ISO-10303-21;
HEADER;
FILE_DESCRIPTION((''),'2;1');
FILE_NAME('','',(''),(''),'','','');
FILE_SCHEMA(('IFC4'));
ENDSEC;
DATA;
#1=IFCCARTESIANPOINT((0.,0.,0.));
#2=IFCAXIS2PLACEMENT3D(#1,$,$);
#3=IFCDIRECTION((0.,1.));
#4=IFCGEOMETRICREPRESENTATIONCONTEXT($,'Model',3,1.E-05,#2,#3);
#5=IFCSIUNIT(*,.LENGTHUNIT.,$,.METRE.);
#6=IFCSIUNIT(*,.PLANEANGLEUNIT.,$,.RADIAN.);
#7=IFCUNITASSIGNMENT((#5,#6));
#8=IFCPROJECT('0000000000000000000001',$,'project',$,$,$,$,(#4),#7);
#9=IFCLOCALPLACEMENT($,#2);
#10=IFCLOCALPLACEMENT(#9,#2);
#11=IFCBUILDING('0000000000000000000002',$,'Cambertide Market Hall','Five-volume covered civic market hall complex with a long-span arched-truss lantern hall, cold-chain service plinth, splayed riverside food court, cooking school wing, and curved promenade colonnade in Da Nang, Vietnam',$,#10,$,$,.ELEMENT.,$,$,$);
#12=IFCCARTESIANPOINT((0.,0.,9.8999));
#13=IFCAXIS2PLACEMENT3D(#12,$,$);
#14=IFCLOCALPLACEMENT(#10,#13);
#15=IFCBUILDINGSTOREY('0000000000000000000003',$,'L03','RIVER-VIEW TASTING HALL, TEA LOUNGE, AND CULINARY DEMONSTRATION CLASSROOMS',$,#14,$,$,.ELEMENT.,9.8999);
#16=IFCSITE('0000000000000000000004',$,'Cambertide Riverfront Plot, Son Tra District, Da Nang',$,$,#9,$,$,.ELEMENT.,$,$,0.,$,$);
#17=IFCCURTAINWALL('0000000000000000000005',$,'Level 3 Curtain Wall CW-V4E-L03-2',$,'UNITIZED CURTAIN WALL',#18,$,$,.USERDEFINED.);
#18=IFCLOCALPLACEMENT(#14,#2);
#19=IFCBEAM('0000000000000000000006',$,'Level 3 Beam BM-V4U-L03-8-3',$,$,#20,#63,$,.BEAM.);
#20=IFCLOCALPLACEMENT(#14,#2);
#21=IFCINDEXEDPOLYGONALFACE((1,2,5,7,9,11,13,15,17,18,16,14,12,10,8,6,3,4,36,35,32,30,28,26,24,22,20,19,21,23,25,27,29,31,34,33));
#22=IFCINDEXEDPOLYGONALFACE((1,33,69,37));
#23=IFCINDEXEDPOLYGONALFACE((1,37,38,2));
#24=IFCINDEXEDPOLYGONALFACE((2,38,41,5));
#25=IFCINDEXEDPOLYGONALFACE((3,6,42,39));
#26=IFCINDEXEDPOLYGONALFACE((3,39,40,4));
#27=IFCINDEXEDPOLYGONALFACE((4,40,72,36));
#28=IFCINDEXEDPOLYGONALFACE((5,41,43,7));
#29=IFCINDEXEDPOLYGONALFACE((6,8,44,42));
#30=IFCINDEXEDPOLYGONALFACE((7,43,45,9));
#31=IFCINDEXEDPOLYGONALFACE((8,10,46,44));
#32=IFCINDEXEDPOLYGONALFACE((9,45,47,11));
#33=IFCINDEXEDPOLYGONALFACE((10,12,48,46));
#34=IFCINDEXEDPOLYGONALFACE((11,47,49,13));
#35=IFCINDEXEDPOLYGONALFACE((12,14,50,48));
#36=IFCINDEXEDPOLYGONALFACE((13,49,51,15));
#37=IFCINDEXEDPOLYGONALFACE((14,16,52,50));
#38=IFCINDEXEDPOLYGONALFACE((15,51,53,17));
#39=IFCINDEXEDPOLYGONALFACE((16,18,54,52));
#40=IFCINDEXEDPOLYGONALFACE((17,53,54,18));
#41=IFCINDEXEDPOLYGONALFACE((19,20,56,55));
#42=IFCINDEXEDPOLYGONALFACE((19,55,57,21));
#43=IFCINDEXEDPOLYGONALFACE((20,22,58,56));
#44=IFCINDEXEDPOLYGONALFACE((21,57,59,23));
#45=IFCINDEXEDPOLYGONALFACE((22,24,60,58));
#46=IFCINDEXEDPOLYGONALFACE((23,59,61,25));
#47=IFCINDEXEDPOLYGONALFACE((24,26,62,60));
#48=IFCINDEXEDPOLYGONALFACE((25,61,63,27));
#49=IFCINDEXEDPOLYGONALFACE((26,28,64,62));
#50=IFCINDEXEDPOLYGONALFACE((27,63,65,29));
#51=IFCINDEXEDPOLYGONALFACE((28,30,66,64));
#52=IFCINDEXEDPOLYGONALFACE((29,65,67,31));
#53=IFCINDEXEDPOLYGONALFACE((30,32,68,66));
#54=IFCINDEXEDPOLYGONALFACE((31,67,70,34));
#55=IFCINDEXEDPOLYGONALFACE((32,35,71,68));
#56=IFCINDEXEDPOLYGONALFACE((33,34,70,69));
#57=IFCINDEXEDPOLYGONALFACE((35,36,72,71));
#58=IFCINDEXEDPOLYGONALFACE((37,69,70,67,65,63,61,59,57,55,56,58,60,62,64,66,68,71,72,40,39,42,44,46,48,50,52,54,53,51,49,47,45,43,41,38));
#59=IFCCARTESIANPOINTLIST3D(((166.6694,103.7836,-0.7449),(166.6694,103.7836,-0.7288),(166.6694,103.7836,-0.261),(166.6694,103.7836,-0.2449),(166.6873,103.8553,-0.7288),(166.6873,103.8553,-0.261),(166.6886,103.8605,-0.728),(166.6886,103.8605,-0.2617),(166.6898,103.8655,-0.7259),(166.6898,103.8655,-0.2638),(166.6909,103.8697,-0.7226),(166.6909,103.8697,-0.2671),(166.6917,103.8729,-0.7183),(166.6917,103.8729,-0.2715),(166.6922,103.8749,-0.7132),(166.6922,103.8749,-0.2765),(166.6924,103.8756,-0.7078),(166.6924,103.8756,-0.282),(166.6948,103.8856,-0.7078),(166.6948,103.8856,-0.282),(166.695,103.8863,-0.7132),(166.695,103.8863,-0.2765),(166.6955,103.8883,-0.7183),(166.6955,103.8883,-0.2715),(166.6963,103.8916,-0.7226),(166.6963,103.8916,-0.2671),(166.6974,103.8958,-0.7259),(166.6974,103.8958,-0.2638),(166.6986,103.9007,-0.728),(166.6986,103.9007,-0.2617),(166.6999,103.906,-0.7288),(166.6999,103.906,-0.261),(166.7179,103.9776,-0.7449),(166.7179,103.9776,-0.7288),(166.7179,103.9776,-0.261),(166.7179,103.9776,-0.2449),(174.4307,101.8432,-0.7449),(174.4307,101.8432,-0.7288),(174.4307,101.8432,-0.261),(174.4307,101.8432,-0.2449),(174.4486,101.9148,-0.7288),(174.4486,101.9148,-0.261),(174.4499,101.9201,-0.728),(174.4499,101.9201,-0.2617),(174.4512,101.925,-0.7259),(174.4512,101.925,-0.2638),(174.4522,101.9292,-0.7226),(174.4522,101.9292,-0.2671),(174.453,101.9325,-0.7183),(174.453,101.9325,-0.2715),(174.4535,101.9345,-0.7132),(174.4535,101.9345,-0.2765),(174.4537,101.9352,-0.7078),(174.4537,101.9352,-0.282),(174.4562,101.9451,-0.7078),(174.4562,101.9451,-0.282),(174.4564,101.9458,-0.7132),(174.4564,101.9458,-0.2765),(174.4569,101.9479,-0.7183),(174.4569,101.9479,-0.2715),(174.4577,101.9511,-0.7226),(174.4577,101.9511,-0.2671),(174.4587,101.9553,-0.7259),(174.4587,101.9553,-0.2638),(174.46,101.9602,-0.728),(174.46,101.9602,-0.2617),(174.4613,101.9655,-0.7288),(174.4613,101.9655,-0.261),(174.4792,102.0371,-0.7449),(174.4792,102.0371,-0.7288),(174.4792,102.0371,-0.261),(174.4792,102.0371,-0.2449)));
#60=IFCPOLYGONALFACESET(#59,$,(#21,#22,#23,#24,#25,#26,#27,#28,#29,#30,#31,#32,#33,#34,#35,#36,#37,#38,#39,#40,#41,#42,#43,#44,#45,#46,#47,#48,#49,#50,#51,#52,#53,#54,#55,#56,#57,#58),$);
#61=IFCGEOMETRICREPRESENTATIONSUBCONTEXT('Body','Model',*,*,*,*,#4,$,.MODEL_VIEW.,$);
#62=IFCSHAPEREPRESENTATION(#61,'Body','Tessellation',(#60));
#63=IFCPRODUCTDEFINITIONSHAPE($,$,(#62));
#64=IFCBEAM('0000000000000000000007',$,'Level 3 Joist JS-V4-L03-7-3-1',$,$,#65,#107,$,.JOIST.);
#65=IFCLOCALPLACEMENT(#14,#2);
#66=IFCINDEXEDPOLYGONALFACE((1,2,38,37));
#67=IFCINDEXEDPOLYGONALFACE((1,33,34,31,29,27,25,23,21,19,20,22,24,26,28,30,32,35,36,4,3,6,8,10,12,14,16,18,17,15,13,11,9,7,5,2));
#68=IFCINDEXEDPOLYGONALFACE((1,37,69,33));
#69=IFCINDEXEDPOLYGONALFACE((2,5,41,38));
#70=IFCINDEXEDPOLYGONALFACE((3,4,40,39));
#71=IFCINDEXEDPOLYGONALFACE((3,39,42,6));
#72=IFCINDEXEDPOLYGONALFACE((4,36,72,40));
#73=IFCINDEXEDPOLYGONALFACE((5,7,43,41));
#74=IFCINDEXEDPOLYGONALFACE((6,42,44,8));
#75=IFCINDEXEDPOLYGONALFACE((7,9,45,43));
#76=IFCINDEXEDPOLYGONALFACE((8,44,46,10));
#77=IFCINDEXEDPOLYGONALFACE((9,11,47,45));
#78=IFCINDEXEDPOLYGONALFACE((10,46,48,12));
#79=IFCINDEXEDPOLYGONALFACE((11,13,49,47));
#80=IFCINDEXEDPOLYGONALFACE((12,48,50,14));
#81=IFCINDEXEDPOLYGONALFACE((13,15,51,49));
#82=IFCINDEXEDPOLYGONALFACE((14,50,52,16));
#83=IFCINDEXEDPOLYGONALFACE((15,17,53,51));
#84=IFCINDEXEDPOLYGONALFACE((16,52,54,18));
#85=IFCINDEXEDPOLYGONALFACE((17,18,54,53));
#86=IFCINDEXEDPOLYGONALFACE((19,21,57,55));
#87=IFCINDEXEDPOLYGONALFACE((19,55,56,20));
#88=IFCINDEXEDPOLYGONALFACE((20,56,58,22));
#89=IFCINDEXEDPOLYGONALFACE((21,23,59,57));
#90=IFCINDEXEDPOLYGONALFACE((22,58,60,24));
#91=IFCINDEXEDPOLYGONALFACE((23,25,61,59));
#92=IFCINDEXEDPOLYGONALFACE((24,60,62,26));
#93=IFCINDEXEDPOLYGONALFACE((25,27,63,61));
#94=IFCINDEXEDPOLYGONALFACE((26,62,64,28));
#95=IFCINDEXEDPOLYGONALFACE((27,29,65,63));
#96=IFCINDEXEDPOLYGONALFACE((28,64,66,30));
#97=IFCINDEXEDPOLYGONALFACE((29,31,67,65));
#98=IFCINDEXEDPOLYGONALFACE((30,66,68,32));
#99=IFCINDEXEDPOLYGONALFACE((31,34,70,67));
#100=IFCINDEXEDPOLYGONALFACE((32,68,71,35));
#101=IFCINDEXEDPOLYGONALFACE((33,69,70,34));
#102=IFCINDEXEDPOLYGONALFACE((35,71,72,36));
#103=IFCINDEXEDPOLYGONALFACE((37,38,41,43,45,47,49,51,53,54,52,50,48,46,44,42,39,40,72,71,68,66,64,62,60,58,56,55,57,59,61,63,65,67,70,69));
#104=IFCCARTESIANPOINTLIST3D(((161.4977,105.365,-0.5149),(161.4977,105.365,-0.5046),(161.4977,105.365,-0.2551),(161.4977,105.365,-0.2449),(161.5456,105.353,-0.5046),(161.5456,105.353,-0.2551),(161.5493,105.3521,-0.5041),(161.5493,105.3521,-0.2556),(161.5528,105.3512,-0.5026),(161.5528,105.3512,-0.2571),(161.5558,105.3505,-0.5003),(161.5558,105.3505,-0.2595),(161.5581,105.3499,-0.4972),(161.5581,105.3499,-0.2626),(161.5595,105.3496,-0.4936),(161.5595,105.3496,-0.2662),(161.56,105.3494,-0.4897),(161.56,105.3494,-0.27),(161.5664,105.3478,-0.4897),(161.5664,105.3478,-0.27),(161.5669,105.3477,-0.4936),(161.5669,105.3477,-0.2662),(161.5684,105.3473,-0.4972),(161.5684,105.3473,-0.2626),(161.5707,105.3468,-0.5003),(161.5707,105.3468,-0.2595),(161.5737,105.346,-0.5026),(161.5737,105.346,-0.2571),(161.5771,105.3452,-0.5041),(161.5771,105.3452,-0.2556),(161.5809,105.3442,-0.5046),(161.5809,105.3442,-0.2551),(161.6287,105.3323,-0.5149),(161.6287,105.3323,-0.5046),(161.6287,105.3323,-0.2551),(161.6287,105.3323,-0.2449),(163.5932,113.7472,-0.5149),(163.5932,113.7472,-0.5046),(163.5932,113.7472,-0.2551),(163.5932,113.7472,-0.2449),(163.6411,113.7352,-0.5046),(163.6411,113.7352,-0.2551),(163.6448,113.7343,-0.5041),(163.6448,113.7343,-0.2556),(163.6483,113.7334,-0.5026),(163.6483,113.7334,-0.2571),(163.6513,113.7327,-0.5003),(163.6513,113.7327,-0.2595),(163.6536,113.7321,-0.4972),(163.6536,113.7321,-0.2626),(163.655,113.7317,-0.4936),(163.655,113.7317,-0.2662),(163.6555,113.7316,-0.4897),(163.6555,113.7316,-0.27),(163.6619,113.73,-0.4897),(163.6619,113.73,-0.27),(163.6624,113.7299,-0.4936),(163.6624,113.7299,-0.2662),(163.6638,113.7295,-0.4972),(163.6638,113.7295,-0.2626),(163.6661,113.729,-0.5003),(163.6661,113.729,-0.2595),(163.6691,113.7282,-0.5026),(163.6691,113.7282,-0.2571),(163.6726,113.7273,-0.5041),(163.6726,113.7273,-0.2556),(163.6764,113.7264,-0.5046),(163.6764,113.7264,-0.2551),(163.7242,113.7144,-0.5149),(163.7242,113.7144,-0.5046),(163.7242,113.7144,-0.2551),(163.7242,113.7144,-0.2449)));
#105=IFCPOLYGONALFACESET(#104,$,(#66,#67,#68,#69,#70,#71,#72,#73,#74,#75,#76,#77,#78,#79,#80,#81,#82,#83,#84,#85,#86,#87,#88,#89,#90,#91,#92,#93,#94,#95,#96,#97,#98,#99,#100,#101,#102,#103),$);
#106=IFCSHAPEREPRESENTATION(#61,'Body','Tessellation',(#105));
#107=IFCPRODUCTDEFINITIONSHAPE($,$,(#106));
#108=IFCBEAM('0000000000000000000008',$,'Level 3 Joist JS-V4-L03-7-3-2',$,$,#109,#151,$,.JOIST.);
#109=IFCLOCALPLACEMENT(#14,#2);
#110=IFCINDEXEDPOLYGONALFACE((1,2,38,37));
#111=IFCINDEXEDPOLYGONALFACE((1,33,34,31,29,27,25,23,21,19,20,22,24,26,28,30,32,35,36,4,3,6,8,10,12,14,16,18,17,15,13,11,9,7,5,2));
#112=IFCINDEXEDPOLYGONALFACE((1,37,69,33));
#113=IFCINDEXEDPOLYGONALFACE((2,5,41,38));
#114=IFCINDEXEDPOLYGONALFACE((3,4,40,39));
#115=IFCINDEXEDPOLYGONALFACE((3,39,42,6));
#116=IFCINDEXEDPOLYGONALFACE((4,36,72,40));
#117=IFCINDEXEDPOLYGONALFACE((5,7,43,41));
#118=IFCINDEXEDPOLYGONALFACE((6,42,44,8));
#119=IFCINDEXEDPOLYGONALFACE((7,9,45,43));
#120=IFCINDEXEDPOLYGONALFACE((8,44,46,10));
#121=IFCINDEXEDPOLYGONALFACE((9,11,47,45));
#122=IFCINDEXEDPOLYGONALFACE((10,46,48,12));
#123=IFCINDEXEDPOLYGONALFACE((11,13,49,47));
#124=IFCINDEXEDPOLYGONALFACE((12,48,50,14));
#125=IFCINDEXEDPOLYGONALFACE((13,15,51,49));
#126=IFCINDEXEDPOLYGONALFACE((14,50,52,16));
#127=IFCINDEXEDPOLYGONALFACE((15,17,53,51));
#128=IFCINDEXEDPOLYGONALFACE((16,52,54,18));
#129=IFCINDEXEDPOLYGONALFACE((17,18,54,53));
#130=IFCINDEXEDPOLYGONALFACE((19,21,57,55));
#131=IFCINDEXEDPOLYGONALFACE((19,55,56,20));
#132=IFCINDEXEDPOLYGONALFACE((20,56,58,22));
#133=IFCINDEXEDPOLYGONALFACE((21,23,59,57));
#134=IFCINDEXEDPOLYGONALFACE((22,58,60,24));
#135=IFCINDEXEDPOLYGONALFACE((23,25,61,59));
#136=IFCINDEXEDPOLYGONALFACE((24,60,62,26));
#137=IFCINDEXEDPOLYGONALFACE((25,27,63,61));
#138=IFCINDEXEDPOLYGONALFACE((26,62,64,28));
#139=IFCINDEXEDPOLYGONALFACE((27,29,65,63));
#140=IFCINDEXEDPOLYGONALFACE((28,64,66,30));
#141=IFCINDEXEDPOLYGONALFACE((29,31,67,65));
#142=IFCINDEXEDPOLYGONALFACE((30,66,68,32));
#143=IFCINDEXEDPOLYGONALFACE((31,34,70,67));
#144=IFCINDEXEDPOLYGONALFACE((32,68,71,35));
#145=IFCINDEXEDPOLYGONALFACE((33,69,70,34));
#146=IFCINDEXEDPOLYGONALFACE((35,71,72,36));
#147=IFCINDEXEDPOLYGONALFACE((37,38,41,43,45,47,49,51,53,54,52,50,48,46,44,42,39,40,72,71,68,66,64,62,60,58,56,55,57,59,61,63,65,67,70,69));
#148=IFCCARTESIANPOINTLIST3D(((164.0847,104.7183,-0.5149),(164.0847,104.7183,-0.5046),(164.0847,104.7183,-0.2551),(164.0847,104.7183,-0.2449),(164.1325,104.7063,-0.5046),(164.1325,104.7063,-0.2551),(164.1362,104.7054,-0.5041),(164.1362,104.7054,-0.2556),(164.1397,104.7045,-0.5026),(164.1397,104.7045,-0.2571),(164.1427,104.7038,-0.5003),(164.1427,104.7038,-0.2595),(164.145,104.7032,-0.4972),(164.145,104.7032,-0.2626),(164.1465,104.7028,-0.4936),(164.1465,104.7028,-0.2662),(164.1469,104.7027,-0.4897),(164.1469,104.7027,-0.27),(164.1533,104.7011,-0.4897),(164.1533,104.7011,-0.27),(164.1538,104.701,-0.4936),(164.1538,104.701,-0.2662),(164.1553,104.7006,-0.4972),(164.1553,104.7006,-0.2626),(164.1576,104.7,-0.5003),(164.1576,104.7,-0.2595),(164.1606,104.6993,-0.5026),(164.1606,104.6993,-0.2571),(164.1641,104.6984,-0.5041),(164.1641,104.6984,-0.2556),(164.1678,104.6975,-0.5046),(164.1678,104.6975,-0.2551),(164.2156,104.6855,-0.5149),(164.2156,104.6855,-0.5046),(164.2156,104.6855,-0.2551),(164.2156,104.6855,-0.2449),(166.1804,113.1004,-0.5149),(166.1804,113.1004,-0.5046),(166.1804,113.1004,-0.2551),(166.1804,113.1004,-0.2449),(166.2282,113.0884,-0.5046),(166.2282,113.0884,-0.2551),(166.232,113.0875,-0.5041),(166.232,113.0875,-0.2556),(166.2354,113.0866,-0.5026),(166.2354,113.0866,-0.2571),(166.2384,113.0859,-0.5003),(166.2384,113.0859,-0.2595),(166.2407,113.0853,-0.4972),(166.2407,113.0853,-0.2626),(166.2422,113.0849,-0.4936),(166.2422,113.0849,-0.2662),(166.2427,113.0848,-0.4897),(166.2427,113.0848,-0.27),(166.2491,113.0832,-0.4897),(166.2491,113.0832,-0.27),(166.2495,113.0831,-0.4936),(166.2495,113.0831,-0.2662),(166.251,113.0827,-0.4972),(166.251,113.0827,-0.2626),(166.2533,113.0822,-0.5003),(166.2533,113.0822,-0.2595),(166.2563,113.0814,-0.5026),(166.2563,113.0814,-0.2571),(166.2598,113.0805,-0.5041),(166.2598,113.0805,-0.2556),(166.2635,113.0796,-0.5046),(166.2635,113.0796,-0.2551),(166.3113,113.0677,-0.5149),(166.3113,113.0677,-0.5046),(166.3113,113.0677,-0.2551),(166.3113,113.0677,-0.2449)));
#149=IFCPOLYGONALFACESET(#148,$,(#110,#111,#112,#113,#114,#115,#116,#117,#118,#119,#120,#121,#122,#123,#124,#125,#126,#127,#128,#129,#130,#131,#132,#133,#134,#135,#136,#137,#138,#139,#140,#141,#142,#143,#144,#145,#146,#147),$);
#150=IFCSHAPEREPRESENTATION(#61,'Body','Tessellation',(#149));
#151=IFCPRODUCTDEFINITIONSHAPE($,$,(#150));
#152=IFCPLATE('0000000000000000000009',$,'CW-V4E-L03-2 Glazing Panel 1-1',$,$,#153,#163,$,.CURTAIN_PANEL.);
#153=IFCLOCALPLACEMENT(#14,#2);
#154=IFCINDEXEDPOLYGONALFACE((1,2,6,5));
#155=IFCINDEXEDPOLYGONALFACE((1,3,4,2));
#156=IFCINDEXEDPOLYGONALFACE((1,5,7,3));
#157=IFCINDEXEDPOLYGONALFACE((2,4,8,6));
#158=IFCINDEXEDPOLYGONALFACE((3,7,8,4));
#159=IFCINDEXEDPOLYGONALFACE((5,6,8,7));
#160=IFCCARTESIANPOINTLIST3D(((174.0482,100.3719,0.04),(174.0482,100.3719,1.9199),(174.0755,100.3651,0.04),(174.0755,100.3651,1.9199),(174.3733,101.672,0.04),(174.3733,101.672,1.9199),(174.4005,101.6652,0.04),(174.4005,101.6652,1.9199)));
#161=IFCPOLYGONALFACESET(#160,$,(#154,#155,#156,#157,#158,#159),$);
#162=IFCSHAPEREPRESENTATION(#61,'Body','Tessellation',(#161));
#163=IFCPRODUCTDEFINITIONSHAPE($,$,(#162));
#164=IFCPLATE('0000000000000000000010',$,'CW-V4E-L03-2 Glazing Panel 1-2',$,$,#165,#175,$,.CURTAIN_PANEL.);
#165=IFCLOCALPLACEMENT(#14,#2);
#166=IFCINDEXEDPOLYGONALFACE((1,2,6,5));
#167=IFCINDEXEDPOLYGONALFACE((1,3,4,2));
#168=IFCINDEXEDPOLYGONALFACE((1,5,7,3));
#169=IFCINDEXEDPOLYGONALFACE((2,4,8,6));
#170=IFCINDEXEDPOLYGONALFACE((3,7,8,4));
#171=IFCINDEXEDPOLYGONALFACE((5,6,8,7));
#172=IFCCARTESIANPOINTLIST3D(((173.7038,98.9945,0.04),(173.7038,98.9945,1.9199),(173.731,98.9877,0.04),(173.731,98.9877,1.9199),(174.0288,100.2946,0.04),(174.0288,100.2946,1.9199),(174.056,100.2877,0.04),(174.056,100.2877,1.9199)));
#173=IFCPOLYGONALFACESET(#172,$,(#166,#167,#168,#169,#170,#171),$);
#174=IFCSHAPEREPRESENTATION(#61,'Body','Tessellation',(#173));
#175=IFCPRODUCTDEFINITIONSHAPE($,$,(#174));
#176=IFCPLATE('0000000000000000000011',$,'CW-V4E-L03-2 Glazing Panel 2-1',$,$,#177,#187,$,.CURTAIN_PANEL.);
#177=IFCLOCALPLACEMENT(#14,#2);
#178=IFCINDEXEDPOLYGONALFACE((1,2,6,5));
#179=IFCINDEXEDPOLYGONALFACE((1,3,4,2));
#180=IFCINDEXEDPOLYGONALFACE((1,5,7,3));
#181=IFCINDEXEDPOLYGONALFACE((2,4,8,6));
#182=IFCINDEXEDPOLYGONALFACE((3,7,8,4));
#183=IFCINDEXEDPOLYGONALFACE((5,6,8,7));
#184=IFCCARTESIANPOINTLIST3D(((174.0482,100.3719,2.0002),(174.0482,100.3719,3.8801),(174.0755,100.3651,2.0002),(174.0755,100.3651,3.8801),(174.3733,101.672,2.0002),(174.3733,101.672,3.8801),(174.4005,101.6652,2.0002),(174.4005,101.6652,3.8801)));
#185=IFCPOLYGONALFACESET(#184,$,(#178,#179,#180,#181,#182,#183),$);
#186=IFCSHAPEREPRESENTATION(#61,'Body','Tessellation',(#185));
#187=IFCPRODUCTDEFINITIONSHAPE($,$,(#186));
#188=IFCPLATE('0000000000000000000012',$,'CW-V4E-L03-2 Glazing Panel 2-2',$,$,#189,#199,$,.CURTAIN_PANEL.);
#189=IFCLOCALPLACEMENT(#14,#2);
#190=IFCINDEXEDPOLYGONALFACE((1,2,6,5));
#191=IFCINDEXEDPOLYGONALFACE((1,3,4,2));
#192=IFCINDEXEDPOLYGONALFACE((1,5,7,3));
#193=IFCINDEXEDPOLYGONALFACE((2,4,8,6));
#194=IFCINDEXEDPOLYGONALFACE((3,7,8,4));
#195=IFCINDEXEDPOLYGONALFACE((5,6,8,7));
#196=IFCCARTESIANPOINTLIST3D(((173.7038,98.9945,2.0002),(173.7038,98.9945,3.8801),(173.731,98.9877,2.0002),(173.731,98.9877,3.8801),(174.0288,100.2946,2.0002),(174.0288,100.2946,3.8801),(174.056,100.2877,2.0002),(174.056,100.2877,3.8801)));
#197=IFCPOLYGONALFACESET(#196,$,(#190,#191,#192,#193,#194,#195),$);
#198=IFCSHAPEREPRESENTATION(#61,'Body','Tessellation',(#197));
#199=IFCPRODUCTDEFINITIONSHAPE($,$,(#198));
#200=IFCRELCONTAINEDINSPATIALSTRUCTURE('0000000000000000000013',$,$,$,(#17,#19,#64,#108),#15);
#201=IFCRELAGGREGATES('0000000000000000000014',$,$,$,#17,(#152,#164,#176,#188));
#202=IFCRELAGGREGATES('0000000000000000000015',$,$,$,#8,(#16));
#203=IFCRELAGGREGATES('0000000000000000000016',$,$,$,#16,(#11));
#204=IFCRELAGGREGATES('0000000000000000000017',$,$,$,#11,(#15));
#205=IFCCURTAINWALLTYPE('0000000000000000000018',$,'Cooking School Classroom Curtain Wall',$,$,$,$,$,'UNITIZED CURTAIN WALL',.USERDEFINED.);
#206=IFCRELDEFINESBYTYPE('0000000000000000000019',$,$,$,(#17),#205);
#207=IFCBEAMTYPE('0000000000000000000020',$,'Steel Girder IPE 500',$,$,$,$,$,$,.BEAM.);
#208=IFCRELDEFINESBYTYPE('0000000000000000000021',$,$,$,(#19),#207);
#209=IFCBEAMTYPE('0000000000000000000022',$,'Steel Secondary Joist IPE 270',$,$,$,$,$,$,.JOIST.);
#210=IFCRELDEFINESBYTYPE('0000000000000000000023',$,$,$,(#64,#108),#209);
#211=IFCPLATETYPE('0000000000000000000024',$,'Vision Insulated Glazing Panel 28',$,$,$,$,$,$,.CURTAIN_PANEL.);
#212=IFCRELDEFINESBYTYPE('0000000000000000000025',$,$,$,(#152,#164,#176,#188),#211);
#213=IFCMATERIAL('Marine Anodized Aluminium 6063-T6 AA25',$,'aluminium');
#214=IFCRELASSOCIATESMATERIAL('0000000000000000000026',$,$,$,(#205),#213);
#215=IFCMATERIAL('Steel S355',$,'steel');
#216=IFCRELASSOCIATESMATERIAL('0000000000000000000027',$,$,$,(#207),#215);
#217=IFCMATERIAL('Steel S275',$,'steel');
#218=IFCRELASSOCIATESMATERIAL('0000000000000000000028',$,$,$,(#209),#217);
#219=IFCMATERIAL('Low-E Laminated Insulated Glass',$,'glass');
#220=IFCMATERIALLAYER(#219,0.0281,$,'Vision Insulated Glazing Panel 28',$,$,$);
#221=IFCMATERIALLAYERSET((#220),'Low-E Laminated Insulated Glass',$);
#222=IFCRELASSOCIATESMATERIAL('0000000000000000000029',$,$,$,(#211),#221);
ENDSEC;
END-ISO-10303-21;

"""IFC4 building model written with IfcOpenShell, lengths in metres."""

from ifc_helpers import new_model, si_unit, direction, frame, origin, origin_2d, place, context, subcontext, project, spatial, rectangle, i_section, extrude, material, layer, layer_set, material_profile, profile_set, type_object, element, aggregate, save


model = new_model("IFC4")

# Units and contexts
model_context = context("Model", 3, precision=1e-05, world=origin(), true_north=direction((0.0, 1.0)))
body_context = subcontext(model_context, "Body", "Model", "MODEL_VIEW")
ifc_project = project(units=[si_unit("LENGTHUNIT", "METRE"), si_unit("PLANEANGLEUNIT", "RADIAN")], contexts=[model_context])

# Site, building, storey
site_placement = place(None, origin())
site = spatial("IfcSite", under=ifc_project, at=site_placement, Name="Cambertide Riverfront Plot, Son Tra District, Da Nang", CompositionType="ELEMENT", RefElevation=0.0)
building_placement = place(site_placement, origin())
building = spatial("IfcBuilding", under=site, at=building_placement, Name="Cambertide Market Hall", Description="Five-volume covered civic market hall complex with a long-span arched-truss lantern hall, cold-chain service plinth, splayed riverside food court, cooking school wing, and curved promenade colonnade in Da Nang, Vietnam", CompositionType="ELEMENT")
storey_placement = place(building_placement, frame((0.0, 0.0, 9.8999)))
storey = spatial("IfcBuildingStorey", under=building, at=storey_placement, Name="L03", Description="RIVER-VIEW TASTING HALL, TEA LOUNGE, AND CULINARY DEMONSTRATION CLASSROOMS", CompositionType="ELEMENT", Elevation=9.8999)

# Curtain wall
ifc_material_1 = material(Name="Marine Anodized Aluminium 6063-T6 AA25", Category="aluminium")
curtain_wall_type = type_object("IfcCurtainWallType", Name="Cooking School Classroom Curtain Wall", ElementType="UNITIZED CURTAIN WALL", PredefinedType="USERDEFINED", material=ifc_material_1)
curtain_wall_placement = place(storey_placement, origin())
curtain_wall = element("IfcCurtainWall", 1, at=curtain_wall_placement, inside=storey, type_object=curtain_wall_type, Name="Level 3 Curtain Wall CW-V4E-L03-2", ObjectType="UNITIZED CURTAIN WALL", PredefinedType="USERDEFINED")

# Beams
ifc_material_2 = material(Name="Steel S355", Category="steel")
ifc_material_profile_1 = material_profile(ifc_material_2, i_section(OverallWidth=0.2, OverallDepth=0.5, WebThickness=0.0103, FlangeThickness=0.0161, FilletRadius=0.021, at=origin_2d()), Name="IPE 500")
ifc_profile_set_1 = profile_set([ifc_material_profile_1], Name="Steel S355")
beam_type_1 = type_object("IfcBeamType", Name="Steel Girder IPE 500", PredefinedType="BEAM", material=ifc_profile_set_1)
beam_1_placement = place(storey_placement, frame((166.6936, 103.8806, -0.4949), z_axis=(0.970139, -0.24255, 0.0), x_axis=(0.24255, 0.970139, 0.0)))
element("IfcBeam", 2, at=beam_1_placement, inside=storey, type_object=beam_type_1, Name="Level 3 Beam BM-V4U-L03-8-3", PredefinedType="BEAM", context=body_context, shape_type="SweptSolid", body=[
    extrude(i_section(OverallWidth=0.2, OverallDepth=0.5, WebThickness=0.0103, FlangeThickness=0.0161, FilletRadius=0.021, at=origin_2d()), origin(), (0.0, 0.0, 1.0), 8.0002),
])
ifc_material_3 = material(Name="Steel S275", Category="steel")
ifc_material_profile_2 = material_profile(ifc_material_3, i_section(OverallWidth=0.135, OverallDepth=0.27, WebThickness=0.0066, FlangeThickness=0.0103, FilletRadius=0.0149, at=origin_2d()), Name="IPE 270")
ifc_profile_set_2 = profile_set([ifc_material_profile_2], Name="Steel S275")
beam_type_2 = type_object("IfcBeamType", Name="Steel Secondary Joist IPE 270", PredefinedType="JOIST", material=ifc_profile_set_2)
for number, where, z_axis, x_axis, name in (
    (3, (161.5632, 105.3486, -0.3799), (0.242529, 0.970144, 0.0), (-0.970144, 0.242529, 0.0), "Level 3 Joist JS-V4-L03-7-3-1"),
    (4, (164.1501, 104.7019, -0.3799), (0.242556, 0.970138, 0.0), (-0.970138, 0.242556, 0.0), "Level 3 Joist JS-V4-L03-7-3-2"),
):
    element("IfcBeam", number, at=place(storey_placement, frame(where, z_axis=z_axis, x_axis=x_axis)), inside=storey, type_object=beam_type_2, Name=name, PredefinedType="JOIST", context=body_context, shape_type="SweptSolid", body=[
        extrude(i_section(OverallWidth=0.135, OverallDepth=0.27, WebThickness=0.0066, FlangeThickness=0.0103, FilletRadius=0.0149, at=origin_2d()), origin(), (0.0, 0.0, 1.0), 8.6401),
    ])

# Plates
ifc_material_4 = material(Name="Low-E Laminated Insulated Glass", Category="glass")
ifc_layer_1 = layer(ifc_material_4, 0.0281, Name="Vision Insulated Glazing Panel 28")
ifc_layer_set_1 = layer_set([ifc_layer_1], Name="Low-E Laminated Insulated Glass")
plate_type = type_object("IfcPlateType", Name="Vision Insulated Glazing Panel 28", PredefinedType="CURTAIN_PANEL", material=ifc_layer_set_1)
plate_1_placement = place(storey_placement, frame((174.2244, 101.0186, 0.04), z_axis=(0.0, 0.0, 1.0), x_axis=(-0.242536, -0.970142, 0.0)))
plate_1 = element("IfcPlate", 5, at=plate_1_placement, type_object=plate_type, Name="CW-V4E-L03-2 Glazing Panel 1-1", PredefinedType="CURTAIN_PANEL", context=body_context, shape_type="SweptSolid", body=[
    extrude(rectangle(XDim=1.3401, YDim=0.0281, at=origin_2d()), origin(), (0.0, 0.0, 1.0), 1.8799),
])
plate_2_placement = place(storey_placement, frame((173.8799, 99.6411, 0.04), z_axis=(0.0, 0.0, 1.0), x_axis=(-0.242536, -0.970142, 0.0)))
plate_2 = element("IfcPlate", 6, at=plate_2_placement, type_object=plate_type, Name="CW-V4E-L03-2 Glazing Panel 1-2", PredefinedType="CURTAIN_PANEL", context=body_context, shape_type="SweptSolid", body=[
    extrude(rectangle(XDim=1.3401, YDim=0.0281, at=origin_2d()), origin(), (0.0, 0.0, 1.0), 1.8799),
])
plate_3_placement = place(storey_placement, frame((174.2244, 101.0186, 2.0002), z_axis=(0.0, 0.0, 1.0), x_axis=(-0.242536, -0.970142, 0.0)))
plate_3 = element("IfcPlate", 7, at=plate_3_placement, type_object=plate_type, Name="CW-V4E-L03-2 Glazing Panel 2-1", PredefinedType="CURTAIN_PANEL", context=body_context, shape_type="SweptSolid", body=[
    extrude(rectangle(XDim=1.3401, YDim=0.0281, at=origin_2d()), origin(), (0.0, 0.0, 1.0), 1.8799),
])
plate_4_placement = place(storey_placement, frame((173.8799, 99.6411, 2.0002), z_axis=(0.0, 0.0, 1.0), x_axis=(-0.242536, -0.970142, 0.0)))
plate_4 = element("IfcPlate", 8, at=plate_4_placement, type_object=plate_type, Name="CW-V4E-L03-2 Glazing Panel 2-2", PredefinedType="CURTAIN_PANEL", context=body_context, shape_type="SweptSolid", body=[
    extrude(rectangle(XDim=1.3401, YDim=0.0281, at=origin_2d()), origin(), (0.0, 0.0, 1.0), 1.8799),
])
aggregate(curtain_wall, [plate_1, plate_2, plate_3, plate_4])

save(model, "model.ifc")
